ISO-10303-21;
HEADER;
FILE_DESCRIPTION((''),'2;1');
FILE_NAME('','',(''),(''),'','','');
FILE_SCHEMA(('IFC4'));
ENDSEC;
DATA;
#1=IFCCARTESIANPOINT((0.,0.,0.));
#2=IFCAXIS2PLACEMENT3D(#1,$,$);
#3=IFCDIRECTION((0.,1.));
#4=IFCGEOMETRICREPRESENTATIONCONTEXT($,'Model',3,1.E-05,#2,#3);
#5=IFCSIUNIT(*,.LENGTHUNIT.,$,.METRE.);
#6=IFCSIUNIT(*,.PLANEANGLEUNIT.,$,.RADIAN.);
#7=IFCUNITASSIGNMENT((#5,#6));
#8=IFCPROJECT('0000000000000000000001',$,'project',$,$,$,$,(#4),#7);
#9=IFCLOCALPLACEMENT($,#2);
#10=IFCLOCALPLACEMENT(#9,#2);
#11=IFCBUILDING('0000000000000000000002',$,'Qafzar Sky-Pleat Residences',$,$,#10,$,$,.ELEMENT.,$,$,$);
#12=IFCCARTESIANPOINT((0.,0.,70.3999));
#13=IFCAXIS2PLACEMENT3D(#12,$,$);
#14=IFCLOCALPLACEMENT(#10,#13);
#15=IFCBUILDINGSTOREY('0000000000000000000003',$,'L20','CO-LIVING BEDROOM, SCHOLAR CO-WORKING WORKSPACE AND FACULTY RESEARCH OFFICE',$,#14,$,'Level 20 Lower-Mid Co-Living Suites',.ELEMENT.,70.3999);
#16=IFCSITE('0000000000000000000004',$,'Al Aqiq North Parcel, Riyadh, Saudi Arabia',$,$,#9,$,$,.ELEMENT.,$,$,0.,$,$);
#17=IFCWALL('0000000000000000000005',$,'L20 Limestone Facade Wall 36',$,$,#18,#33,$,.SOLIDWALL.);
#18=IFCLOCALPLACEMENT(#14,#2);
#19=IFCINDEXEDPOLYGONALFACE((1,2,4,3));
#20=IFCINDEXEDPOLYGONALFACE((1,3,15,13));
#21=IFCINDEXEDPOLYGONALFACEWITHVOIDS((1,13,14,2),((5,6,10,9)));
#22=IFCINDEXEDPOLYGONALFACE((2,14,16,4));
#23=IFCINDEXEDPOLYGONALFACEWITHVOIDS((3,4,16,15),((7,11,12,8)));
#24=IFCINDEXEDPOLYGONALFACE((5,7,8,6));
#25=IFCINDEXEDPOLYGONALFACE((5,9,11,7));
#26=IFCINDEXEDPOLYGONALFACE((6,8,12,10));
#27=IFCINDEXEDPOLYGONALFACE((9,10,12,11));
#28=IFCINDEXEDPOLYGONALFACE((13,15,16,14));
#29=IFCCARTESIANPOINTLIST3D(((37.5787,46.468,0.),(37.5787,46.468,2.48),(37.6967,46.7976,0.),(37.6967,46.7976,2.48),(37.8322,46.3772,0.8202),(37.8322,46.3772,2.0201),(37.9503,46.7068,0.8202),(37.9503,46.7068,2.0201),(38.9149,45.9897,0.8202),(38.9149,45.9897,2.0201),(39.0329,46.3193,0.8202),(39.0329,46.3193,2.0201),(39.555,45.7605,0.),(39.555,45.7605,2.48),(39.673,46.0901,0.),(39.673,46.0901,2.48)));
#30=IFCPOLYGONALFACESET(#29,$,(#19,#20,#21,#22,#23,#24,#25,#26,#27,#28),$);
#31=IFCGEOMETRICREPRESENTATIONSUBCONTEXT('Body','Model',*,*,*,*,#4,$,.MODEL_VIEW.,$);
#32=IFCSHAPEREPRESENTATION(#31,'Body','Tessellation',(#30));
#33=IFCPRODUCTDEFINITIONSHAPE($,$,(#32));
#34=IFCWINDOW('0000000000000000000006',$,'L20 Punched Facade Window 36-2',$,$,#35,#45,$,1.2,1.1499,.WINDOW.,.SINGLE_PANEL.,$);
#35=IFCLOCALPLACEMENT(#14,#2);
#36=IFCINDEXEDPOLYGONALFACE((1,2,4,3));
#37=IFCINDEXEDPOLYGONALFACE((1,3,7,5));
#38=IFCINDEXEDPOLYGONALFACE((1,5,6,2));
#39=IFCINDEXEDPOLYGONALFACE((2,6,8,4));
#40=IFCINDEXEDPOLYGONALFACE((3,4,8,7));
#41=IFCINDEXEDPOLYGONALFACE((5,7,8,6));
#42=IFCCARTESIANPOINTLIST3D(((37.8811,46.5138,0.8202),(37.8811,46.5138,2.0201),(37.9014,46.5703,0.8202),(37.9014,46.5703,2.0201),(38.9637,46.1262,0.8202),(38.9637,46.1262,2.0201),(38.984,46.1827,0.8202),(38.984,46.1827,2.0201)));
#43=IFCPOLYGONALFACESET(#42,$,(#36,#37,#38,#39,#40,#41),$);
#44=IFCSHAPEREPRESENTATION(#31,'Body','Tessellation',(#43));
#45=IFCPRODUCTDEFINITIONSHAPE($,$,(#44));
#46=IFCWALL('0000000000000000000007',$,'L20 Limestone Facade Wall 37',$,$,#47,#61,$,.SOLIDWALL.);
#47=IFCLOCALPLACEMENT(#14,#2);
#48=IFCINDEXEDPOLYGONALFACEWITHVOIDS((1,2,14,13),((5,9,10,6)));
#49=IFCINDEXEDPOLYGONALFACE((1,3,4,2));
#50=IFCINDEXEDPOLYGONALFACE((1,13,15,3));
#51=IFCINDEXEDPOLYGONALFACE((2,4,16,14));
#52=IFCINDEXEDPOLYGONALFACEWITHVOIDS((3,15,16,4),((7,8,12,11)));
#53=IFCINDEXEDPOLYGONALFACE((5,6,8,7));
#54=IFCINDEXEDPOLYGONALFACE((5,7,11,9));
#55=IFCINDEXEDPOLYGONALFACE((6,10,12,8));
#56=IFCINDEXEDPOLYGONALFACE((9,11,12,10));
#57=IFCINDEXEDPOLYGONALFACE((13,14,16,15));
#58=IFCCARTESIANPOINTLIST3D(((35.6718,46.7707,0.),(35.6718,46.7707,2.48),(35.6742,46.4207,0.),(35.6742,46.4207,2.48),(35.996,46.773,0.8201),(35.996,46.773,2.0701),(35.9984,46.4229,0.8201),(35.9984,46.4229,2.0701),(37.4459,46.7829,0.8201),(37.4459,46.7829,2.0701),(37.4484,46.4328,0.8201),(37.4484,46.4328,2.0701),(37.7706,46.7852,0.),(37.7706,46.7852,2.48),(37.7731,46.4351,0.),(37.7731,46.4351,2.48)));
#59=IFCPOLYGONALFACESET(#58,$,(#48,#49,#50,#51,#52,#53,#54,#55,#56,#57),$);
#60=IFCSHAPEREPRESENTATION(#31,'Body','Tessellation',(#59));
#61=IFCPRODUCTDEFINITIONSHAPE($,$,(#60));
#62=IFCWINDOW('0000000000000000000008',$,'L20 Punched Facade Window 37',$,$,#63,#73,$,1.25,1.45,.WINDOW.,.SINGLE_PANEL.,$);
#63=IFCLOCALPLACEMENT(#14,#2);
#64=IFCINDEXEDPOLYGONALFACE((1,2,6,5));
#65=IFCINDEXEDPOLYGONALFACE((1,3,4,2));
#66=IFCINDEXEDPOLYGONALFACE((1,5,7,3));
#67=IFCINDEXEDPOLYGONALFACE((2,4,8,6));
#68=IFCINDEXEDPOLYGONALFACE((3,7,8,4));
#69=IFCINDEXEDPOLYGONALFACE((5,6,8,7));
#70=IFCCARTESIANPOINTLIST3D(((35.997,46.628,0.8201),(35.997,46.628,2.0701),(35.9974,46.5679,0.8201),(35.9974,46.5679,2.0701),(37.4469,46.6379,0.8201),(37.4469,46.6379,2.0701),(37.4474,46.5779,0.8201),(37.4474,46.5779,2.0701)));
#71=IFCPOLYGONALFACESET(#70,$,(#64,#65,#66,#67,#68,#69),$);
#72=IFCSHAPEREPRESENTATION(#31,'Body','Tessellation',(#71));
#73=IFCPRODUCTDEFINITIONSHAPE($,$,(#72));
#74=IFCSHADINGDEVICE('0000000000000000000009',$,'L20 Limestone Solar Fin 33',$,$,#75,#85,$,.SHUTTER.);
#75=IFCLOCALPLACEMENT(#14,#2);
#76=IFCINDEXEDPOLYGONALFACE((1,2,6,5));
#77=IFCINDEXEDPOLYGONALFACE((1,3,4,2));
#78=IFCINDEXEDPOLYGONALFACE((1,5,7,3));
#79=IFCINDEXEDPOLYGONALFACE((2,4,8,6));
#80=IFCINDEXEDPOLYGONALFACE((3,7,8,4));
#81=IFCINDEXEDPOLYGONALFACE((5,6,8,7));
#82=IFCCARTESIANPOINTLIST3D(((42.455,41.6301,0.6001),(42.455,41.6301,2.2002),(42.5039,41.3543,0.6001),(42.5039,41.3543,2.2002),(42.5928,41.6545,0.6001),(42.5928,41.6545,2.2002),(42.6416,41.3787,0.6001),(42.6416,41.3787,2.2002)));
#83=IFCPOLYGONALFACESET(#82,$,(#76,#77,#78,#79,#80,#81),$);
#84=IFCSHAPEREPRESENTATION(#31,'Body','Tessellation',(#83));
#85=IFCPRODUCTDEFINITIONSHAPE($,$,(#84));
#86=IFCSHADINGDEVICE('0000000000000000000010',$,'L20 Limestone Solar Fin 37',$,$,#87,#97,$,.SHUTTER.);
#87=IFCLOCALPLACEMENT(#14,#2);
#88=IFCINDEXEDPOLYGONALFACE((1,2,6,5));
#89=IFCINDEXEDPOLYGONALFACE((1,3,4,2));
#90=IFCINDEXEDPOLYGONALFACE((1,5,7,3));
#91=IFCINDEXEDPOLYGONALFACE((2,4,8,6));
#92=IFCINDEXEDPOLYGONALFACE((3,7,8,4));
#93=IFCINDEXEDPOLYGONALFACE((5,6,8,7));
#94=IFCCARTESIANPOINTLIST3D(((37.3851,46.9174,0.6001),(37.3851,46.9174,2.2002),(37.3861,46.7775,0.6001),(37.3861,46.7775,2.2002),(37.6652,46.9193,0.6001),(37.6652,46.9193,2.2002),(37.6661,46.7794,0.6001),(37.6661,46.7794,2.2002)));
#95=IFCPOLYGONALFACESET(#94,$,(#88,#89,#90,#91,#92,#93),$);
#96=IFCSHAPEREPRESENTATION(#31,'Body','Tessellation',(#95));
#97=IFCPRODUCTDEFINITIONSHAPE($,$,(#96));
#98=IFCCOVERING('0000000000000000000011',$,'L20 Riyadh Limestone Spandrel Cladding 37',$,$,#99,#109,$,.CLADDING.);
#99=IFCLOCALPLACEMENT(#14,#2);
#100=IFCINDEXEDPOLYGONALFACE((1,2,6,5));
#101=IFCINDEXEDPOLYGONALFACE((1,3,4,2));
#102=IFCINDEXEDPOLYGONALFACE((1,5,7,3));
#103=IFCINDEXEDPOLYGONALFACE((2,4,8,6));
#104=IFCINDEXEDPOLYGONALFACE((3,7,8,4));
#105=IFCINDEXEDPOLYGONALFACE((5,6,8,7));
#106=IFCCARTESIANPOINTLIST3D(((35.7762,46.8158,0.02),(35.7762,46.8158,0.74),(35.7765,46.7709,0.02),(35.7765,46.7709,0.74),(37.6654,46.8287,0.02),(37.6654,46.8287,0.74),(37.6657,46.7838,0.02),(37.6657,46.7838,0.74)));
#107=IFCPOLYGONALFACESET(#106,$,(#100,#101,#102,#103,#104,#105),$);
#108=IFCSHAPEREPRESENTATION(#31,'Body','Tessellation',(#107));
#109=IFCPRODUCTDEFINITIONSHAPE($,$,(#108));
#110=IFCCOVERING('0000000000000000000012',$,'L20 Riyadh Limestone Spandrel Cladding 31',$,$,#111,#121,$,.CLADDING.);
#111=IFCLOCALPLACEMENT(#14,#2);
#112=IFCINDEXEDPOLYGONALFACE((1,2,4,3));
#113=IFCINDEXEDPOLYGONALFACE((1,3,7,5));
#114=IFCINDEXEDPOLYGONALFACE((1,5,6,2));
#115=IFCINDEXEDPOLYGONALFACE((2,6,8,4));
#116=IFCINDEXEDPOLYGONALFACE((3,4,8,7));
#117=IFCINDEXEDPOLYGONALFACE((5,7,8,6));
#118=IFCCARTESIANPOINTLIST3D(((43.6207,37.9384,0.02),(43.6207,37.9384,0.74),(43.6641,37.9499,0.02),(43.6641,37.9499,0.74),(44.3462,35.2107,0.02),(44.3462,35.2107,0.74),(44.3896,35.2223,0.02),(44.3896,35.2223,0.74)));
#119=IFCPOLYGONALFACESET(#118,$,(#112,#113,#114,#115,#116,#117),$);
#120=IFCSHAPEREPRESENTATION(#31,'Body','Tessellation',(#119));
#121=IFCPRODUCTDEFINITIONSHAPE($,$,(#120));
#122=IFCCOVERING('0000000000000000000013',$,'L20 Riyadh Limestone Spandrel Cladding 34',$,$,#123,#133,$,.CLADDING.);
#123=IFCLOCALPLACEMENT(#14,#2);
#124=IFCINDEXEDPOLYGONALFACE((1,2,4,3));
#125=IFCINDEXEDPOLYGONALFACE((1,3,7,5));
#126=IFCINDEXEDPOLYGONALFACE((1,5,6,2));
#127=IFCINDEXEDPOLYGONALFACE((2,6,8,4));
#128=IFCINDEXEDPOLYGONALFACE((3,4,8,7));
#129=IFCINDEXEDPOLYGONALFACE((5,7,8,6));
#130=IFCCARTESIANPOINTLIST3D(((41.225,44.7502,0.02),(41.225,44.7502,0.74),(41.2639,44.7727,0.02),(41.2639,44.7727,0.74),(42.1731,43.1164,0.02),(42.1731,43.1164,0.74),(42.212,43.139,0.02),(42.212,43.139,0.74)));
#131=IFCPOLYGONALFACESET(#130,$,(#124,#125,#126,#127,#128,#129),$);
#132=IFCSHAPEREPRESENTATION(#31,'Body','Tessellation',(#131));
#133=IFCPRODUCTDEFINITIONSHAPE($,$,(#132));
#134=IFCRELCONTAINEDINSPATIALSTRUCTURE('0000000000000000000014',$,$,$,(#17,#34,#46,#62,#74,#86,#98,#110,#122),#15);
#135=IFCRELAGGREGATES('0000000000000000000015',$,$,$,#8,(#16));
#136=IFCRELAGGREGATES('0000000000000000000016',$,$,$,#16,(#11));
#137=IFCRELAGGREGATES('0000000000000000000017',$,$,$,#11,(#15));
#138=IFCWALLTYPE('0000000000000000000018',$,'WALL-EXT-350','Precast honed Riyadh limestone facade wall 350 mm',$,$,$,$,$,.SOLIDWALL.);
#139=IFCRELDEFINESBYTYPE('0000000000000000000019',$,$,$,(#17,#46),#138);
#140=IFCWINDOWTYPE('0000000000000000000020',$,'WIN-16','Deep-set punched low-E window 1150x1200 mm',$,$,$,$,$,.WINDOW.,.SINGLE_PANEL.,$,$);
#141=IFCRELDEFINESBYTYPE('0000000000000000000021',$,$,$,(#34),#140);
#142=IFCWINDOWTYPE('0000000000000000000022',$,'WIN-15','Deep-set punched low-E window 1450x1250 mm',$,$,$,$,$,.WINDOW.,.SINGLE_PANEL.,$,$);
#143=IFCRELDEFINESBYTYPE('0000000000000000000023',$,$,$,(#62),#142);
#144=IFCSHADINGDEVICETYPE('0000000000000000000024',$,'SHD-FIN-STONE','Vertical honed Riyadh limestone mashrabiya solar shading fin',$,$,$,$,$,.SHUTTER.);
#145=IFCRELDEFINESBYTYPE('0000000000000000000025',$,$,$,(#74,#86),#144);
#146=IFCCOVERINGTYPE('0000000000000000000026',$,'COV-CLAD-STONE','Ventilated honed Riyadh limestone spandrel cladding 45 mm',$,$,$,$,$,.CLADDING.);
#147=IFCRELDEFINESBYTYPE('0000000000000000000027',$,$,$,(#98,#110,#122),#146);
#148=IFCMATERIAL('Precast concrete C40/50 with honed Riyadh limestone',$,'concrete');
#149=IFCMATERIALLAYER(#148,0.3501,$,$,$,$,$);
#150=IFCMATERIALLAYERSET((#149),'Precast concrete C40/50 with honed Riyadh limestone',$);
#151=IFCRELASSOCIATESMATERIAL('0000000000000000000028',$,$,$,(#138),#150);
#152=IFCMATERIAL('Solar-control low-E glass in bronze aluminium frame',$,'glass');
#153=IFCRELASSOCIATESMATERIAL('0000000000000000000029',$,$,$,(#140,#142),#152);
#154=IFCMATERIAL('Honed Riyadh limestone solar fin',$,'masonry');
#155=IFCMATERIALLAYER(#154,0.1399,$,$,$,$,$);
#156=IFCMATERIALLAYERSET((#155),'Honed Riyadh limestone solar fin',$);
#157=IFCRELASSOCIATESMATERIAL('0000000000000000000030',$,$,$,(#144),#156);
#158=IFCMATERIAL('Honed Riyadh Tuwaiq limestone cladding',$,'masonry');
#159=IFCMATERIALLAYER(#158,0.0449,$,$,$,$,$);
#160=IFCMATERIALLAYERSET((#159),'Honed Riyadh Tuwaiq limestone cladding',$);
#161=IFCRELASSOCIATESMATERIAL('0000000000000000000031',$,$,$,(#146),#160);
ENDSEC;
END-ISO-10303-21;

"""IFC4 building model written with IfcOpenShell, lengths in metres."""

from ifc_helpers import new_model, si_unit, direction, frame, frame_2d, origin, origin_2d, place, context, subcontext, project, spatial, rectangle, extrude, source, transform, mapped, material, layer, layer_set, type_object, element, fill, save


model = new_model("IFC4")

# Units and contexts
model_context = context("Model", 3, precision=1e-05, world=origin(), true_north=direction((0.0, 1.0)))
body_context = subcontext(model_context, "Body", "Model", "MODEL_VIEW")
ifc_project = project(units=[si_unit("LENGTHUNIT", "METRE"), si_unit("PLANEANGLEUNIT", "RADIAN")], contexts=[model_context])

# Site, building, storey
site_placement = place(None, origin())
site = spatial("IfcSite", under=ifc_project, at=site_placement, Name="Al Aqiq North Parcel, Riyadh, Saudi Arabia", CompositionType="ELEMENT", RefElevation=0.0)
building_placement = place(site_placement, origin())
building = spatial("IfcBuilding", under=site, at=building_placement, Name="Qafzar Sky-Pleat Residences", CompositionType="ELEMENT")
storey_placement = place(building_placement, frame((0.0, 0.0, 70.3999)))
storey = spatial("IfcBuildingStorey", under=building, at=storey_placement, Name="L20", Description="CO-LIVING BEDROOM, SCHOLAR CO-WORKING WORKSPACE AND FACULTY RESEARCH OFFICE", LongName="Level 20 Lower-Mid Co-Living Suites", CompositionType="ELEMENT", Elevation=70.3999)

# Shared definitions
ifc_material_1 = material(Name="Precast concrete C40/50 with honed Riyadh limestone", Category="concrete")
ifc_layer_1 = layer(ifc_material_1, 0.3501)
ifc_layer_set_1 = layer_set([ifc_layer_1], Name="Precast concrete C40/50 with honed Riyadh limestone")
wall_type = type_object("IfcWallType", Name="WALL-EXT-350", Description="Precast honed Riyadh limestone facade wall 350 mm", PredefinedType="SOLIDWALL", material=ifc_layer_set_1)
ifc_material_2 = material(Name="Solar-control low-E glass in bronze aluminium frame", Category="glass")

# Walls, openings, windows
wall_1_placement = place(storey_placement, frame((39.614, 45.9253, 0.0), z_axis=(0.0, 0.0, 1.0), x_axis=(-0.941486, 0.337051, 0.0)))
wall_1 = element("IfcWall", 1, at=wall_1_placement, inside=storey, type_object=wall_type, Name="L20 Limestone Facade Wall 36", PredefinedType="SOLIDWALL", context=body_context, shape_type="SweptSolid", body=[
    extrude(rectangle(XDim=2.0991, YDim=0.3501, at=frame_2d((1.0496, 0.0))), origin(), (0.0, 0.0, 1.0), 2.48),
])
opening_1_placement = place(wall_1_placement, frame((0.6799, 0.0, 0.8201)))
opening_1 = element("IfcOpeningElement", 2, at=opening_1_placement, cuts=wall_1, PredefinedType="OPENING", context=body_context, shape_type="SweptSolid", body=[
    extrude(rectangle(XDim=1.1499, YDim=1.2, at=frame_2d((0.575, 0.6001))), frame((0.0, 0.1851, 0.0), z_axis=(0.0, -1.0, 0.0), x_axis=(1.0, 0.0, 0.0)), (0.0, 0.0, 1.0), 0.3701),
])
window_type_1 = type_object("IfcWindowType", Name="WIN-16", Description="Deep-set punched low-E window 1150x1200 mm", PartitioningType="SINGLE_PANEL", PredefinedType="WINDOW", material=ifc_material_2)
shared_shape_1 = source(origin(), body_context, "Body", "SweptSolid", [
    extrude(rectangle(XDim=1.1499, YDim=1.2, at=frame_2d((0.575, 0.6001))), frame((0.0, 0.03, 0.0), z_axis=(0.0, -1.0, 0.0), x_axis=(1.0, 0.0, 0.0)), (0.0, 0.0, 1.0), 0.0601),
])
window_1_placement = place(opening_1_placement, origin())
window_1 = element("IfcWindow", 3, at=window_1_placement, inside=storey, type_object=window_type_1, Name="L20 Punched Facade Window 36-2", OverallHeight=1.2, OverallWidth=1.1499, PartitioningType="SINGLE_PANEL", PredefinedType="WINDOW", context=body_context, shape_type="MappedRepresentation", body=[
    mapped(shared_shape_1, transform((0.0, 0.0, 0.0), x_axis=(1.0, 0.0, 0.0), y_axis=(0.0, 1.0, 0.0), z_axis=(0.0, 0.0, 1.0), scale=1.0)),
])
fill(opening_1, window_1)
wall_2_placement = place(storey_placement, frame((37.7717, 46.6101, 0.0), z_axis=(0.0, 0.0, 1.0), x_axis=(-0.999976, -0.006863, 0.0)))
wall_2 = element("IfcWall", 4, at=wall_2_placement, inside=storey, type_object=wall_type, Name="L20 Limestone Facade Wall 37", PredefinedType="SOLIDWALL", context=body_context, shape_type="SweptSolid", body=[
    extrude(rectangle(XDim=2.0989, YDim=0.3501, at=frame_2d((1.0493, 0.0))), origin(), (0.0, 0.0, 1.0), 2.48),
])
opening_2_placement = place(wall_2_placement, frame((0.3245, 0.0, 0.8201)))
opening_2 = element("IfcOpeningElement", 5, at=opening_2_placement, cuts=wall_2, PredefinedType="OPENING", context=body_context, shape_type="SweptSolid", body=[
    extrude(rectangle(XDim=1.45, YDim=1.25, at=frame_2d((0.7251, 0.625))), frame((0.0, 0.1851, 0.0), z_axis=(0.0, -1.0, 0.0), x_axis=(1.0, 0.0, 0.0)), (0.0, 0.0, 1.0), 0.3701),
])
window_type_2 = type_object("IfcWindowType", Name="WIN-15", Description="Deep-set punched low-E window 1450x1250 mm", PartitioningType="SINGLE_PANEL", PredefinedType="WINDOW", material=ifc_material_2)
shared_shape_2 = source(origin(), body_context, "Body", "SweptSolid", [
    extrude(rectangle(XDim=1.45, YDim=1.25, at=frame_2d((0.7251, 0.625))), frame((0.0, 0.03, 0.0), z_axis=(0.0, -1.0, 0.0), x_axis=(1.0, 0.0, 0.0)), (0.0, 0.0, 1.0), 0.0601),
])
window_2_placement = place(opening_2_placement, origin())
window_2 = element("IfcWindow", 6, at=window_2_placement, inside=storey, type_object=window_type_2, Name="L20 Punched Facade Window 37", OverallHeight=1.25, OverallWidth=1.45, PartitioningType="SINGLE_PANEL", PredefinedType="WINDOW", context=body_context, shape_type="MappedRepresentation", body=[
    mapped(shared_shape_2, transform((0.0, 0.0, 0.0), x_axis=(1.0, 0.0, 0.0), y_axis=(0.0, 1.0, 0.0), z_axis=(0.0, 0.0, 1.0), scale=1.0)),
])
fill(opening_2, window_2)

# Shading devices
ifc_material_3 = material(Name="Honed Riyadh limestone solar fin", Category="masonry")
ifc_layer_2 = layer(ifc_material_3, 0.1399)
ifc_layer_set_2 = layer_set([ifc_layer_2], Name="Honed Riyadh limestone solar fin")
shading_device_type = type_object("IfcShadingDeviceType", Name="SHD-FIN-STONE", Description="Vertical honed Riyadh limestone mashrabiya solar shading fin", PredefinedType="SHUTTER", material=ifc_layer_set_2)
shared_shape_3 = source(origin(), body_context, "Body", "SweptSolid", [
    extrude(rectangle(XDim=0.1399, YDim=0.28, at=origin_2d()), origin(), (0.0, 0.0, 1.0), 1.6001),
])
for number, where, z_axis, x_axis, name in (
    (7, (42.5483, 41.5044, 0.6001), (0.0, 0.0, 1.0), (0.984676, 0.174394, 0.0), "L20 Limestone Solar Fin 33"),
    (8, (37.5256, 46.8484, 0.6001), (0.0, 0.0, 1.0), (-0.006822, 0.999977, 0.0), "L20 Limestone Solar Fin 37"),
):
    element("IfcShadingDevice", number, at=place(storey_placement, frame(where, z_axis=z_axis, x_axis=x_axis)), inside=storey, type_object=shading_device_type, Name=name, PredefinedType="SHUTTER", context=body_context, shape_type="MappedRepresentation", body=[
        mapped(shared_shape_3, transform((0.0, 0.0, 0.0), x_axis=(1.0, 0.0, 0.0), y_axis=(0.0, 1.0, 0.0), z_axis=(0.0, 0.0, 1.0), scale=1.0)),
    ])

# Coverings
ifc_material_4 = material(Name="Honed Riyadh Tuwaiq limestone cladding", Category="masonry")
ifc_layer_3 = layer(ifc_material_4, 0.0449)
ifc_layer_set_3 = layer_set([ifc_layer_3], Name="Honed Riyadh Tuwaiq limestone cladding")
covering_type = type_object("IfcCoveringType", Name="COV-CLAD-STONE", Description="Ventilated honed Riyadh limestone spandrel cladding 45 mm", PredefinedType="CLADDING", material=ifc_layer_set_3)
shared_shape_4 = source(origin(), body_context, "Body", "SweptSolid", [
    extrude(rectangle(XDim=1.8892, YDim=0.0449, at=origin_2d()), origin(), (0.0, 0.0, 1.0), 0.72),
])
covering_1_placement = place(storey_placement, frame((36.7209, 46.7998, 0.02), z_axis=(0.0, 0.0, 1.0), x_axis=(-0.999976, -0.006861, 0.0)))
element("IfcCovering", 9, at=covering_1_placement, inside=storey, type_object=covering_type, Name="L20 Riyadh Limestone Spandrel Cladding 37", PredefinedType="CLADDING", context=body_context, shape_type="MappedRepresentation", body=[
    mapped(shared_shape_4, transform((0.0, 0.0, 0.0), x_axis=(1.0, 0.0, 0.0), y_axis=(0.0, 1.0, 0.0), z_axis=(0.0, 0.0, 1.0), scale=1.0)),
])
shared_shape_5 = source(origin(), body_context, "Body", "SweptSolid", [
    extrude(rectangle(XDim=2.8225, YDim=0.0449, at=origin_2d()), origin(), (0.0, 0.0, 1.0), 0.72),
])
covering_2_placement = place(storey_placement, frame((44.0051, 36.5803, 0.02), z_axis=(0.0, 0.0, 1.0), x_axis=(-0.257033, 0.966403, 0.0)))
element("IfcCovering", 10, at=covering_2_placement, inside=storey, type_object=covering_type, Name="L20 Riyadh Limestone Spandrel Cladding 31", PredefinedType="CLADDING", context=body_context, shape_type="MappedRepresentation", body=[
    mapped(shared_shape_5, transform((0.0, 0.0, 0.0), x_axis=(1.0, 0.0, 0.0), y_axis=(0.0, 1.0, 0.0), z_axis=(0.0, 0.0, 1.0), scale=1.0)),
])
shared_shape_6 = source(origin(), body_context, "Body", "SweptSolid", [
    extrude(rectangle(XDim=1.8889, YDim=0.0449, at=origin_2d()), origin(), (0.0, 0.0, 1.0), 0.72),
])
covering_3_placement = place(storey_placement, frame((41.7185, 43.9446, 0.02), z_axis=(0.0, 0.0, 1.0), x_axis=(-0.501941, 0.864902, 0.0)))
element("IfcCovering", 11, at=covering_3_placement, inside=storey, type_object=covering_type, Name="L20 Riyadh Limestone Spandrel Cladding 34", PredefinedType="CLADDING", context=body_context, shape_type="MappedRepresentation", body=[
    mapped(shared_shape_6, transform((0.0, 0.0, 0.0), x_axis=(1.0, 0.0, 0.0), y_axis=(0.0, 1.0, 0.0), z_axis=(0.0, 0.0, 1.0), scale=1.0)),
])

save(model, "model.ifc")
